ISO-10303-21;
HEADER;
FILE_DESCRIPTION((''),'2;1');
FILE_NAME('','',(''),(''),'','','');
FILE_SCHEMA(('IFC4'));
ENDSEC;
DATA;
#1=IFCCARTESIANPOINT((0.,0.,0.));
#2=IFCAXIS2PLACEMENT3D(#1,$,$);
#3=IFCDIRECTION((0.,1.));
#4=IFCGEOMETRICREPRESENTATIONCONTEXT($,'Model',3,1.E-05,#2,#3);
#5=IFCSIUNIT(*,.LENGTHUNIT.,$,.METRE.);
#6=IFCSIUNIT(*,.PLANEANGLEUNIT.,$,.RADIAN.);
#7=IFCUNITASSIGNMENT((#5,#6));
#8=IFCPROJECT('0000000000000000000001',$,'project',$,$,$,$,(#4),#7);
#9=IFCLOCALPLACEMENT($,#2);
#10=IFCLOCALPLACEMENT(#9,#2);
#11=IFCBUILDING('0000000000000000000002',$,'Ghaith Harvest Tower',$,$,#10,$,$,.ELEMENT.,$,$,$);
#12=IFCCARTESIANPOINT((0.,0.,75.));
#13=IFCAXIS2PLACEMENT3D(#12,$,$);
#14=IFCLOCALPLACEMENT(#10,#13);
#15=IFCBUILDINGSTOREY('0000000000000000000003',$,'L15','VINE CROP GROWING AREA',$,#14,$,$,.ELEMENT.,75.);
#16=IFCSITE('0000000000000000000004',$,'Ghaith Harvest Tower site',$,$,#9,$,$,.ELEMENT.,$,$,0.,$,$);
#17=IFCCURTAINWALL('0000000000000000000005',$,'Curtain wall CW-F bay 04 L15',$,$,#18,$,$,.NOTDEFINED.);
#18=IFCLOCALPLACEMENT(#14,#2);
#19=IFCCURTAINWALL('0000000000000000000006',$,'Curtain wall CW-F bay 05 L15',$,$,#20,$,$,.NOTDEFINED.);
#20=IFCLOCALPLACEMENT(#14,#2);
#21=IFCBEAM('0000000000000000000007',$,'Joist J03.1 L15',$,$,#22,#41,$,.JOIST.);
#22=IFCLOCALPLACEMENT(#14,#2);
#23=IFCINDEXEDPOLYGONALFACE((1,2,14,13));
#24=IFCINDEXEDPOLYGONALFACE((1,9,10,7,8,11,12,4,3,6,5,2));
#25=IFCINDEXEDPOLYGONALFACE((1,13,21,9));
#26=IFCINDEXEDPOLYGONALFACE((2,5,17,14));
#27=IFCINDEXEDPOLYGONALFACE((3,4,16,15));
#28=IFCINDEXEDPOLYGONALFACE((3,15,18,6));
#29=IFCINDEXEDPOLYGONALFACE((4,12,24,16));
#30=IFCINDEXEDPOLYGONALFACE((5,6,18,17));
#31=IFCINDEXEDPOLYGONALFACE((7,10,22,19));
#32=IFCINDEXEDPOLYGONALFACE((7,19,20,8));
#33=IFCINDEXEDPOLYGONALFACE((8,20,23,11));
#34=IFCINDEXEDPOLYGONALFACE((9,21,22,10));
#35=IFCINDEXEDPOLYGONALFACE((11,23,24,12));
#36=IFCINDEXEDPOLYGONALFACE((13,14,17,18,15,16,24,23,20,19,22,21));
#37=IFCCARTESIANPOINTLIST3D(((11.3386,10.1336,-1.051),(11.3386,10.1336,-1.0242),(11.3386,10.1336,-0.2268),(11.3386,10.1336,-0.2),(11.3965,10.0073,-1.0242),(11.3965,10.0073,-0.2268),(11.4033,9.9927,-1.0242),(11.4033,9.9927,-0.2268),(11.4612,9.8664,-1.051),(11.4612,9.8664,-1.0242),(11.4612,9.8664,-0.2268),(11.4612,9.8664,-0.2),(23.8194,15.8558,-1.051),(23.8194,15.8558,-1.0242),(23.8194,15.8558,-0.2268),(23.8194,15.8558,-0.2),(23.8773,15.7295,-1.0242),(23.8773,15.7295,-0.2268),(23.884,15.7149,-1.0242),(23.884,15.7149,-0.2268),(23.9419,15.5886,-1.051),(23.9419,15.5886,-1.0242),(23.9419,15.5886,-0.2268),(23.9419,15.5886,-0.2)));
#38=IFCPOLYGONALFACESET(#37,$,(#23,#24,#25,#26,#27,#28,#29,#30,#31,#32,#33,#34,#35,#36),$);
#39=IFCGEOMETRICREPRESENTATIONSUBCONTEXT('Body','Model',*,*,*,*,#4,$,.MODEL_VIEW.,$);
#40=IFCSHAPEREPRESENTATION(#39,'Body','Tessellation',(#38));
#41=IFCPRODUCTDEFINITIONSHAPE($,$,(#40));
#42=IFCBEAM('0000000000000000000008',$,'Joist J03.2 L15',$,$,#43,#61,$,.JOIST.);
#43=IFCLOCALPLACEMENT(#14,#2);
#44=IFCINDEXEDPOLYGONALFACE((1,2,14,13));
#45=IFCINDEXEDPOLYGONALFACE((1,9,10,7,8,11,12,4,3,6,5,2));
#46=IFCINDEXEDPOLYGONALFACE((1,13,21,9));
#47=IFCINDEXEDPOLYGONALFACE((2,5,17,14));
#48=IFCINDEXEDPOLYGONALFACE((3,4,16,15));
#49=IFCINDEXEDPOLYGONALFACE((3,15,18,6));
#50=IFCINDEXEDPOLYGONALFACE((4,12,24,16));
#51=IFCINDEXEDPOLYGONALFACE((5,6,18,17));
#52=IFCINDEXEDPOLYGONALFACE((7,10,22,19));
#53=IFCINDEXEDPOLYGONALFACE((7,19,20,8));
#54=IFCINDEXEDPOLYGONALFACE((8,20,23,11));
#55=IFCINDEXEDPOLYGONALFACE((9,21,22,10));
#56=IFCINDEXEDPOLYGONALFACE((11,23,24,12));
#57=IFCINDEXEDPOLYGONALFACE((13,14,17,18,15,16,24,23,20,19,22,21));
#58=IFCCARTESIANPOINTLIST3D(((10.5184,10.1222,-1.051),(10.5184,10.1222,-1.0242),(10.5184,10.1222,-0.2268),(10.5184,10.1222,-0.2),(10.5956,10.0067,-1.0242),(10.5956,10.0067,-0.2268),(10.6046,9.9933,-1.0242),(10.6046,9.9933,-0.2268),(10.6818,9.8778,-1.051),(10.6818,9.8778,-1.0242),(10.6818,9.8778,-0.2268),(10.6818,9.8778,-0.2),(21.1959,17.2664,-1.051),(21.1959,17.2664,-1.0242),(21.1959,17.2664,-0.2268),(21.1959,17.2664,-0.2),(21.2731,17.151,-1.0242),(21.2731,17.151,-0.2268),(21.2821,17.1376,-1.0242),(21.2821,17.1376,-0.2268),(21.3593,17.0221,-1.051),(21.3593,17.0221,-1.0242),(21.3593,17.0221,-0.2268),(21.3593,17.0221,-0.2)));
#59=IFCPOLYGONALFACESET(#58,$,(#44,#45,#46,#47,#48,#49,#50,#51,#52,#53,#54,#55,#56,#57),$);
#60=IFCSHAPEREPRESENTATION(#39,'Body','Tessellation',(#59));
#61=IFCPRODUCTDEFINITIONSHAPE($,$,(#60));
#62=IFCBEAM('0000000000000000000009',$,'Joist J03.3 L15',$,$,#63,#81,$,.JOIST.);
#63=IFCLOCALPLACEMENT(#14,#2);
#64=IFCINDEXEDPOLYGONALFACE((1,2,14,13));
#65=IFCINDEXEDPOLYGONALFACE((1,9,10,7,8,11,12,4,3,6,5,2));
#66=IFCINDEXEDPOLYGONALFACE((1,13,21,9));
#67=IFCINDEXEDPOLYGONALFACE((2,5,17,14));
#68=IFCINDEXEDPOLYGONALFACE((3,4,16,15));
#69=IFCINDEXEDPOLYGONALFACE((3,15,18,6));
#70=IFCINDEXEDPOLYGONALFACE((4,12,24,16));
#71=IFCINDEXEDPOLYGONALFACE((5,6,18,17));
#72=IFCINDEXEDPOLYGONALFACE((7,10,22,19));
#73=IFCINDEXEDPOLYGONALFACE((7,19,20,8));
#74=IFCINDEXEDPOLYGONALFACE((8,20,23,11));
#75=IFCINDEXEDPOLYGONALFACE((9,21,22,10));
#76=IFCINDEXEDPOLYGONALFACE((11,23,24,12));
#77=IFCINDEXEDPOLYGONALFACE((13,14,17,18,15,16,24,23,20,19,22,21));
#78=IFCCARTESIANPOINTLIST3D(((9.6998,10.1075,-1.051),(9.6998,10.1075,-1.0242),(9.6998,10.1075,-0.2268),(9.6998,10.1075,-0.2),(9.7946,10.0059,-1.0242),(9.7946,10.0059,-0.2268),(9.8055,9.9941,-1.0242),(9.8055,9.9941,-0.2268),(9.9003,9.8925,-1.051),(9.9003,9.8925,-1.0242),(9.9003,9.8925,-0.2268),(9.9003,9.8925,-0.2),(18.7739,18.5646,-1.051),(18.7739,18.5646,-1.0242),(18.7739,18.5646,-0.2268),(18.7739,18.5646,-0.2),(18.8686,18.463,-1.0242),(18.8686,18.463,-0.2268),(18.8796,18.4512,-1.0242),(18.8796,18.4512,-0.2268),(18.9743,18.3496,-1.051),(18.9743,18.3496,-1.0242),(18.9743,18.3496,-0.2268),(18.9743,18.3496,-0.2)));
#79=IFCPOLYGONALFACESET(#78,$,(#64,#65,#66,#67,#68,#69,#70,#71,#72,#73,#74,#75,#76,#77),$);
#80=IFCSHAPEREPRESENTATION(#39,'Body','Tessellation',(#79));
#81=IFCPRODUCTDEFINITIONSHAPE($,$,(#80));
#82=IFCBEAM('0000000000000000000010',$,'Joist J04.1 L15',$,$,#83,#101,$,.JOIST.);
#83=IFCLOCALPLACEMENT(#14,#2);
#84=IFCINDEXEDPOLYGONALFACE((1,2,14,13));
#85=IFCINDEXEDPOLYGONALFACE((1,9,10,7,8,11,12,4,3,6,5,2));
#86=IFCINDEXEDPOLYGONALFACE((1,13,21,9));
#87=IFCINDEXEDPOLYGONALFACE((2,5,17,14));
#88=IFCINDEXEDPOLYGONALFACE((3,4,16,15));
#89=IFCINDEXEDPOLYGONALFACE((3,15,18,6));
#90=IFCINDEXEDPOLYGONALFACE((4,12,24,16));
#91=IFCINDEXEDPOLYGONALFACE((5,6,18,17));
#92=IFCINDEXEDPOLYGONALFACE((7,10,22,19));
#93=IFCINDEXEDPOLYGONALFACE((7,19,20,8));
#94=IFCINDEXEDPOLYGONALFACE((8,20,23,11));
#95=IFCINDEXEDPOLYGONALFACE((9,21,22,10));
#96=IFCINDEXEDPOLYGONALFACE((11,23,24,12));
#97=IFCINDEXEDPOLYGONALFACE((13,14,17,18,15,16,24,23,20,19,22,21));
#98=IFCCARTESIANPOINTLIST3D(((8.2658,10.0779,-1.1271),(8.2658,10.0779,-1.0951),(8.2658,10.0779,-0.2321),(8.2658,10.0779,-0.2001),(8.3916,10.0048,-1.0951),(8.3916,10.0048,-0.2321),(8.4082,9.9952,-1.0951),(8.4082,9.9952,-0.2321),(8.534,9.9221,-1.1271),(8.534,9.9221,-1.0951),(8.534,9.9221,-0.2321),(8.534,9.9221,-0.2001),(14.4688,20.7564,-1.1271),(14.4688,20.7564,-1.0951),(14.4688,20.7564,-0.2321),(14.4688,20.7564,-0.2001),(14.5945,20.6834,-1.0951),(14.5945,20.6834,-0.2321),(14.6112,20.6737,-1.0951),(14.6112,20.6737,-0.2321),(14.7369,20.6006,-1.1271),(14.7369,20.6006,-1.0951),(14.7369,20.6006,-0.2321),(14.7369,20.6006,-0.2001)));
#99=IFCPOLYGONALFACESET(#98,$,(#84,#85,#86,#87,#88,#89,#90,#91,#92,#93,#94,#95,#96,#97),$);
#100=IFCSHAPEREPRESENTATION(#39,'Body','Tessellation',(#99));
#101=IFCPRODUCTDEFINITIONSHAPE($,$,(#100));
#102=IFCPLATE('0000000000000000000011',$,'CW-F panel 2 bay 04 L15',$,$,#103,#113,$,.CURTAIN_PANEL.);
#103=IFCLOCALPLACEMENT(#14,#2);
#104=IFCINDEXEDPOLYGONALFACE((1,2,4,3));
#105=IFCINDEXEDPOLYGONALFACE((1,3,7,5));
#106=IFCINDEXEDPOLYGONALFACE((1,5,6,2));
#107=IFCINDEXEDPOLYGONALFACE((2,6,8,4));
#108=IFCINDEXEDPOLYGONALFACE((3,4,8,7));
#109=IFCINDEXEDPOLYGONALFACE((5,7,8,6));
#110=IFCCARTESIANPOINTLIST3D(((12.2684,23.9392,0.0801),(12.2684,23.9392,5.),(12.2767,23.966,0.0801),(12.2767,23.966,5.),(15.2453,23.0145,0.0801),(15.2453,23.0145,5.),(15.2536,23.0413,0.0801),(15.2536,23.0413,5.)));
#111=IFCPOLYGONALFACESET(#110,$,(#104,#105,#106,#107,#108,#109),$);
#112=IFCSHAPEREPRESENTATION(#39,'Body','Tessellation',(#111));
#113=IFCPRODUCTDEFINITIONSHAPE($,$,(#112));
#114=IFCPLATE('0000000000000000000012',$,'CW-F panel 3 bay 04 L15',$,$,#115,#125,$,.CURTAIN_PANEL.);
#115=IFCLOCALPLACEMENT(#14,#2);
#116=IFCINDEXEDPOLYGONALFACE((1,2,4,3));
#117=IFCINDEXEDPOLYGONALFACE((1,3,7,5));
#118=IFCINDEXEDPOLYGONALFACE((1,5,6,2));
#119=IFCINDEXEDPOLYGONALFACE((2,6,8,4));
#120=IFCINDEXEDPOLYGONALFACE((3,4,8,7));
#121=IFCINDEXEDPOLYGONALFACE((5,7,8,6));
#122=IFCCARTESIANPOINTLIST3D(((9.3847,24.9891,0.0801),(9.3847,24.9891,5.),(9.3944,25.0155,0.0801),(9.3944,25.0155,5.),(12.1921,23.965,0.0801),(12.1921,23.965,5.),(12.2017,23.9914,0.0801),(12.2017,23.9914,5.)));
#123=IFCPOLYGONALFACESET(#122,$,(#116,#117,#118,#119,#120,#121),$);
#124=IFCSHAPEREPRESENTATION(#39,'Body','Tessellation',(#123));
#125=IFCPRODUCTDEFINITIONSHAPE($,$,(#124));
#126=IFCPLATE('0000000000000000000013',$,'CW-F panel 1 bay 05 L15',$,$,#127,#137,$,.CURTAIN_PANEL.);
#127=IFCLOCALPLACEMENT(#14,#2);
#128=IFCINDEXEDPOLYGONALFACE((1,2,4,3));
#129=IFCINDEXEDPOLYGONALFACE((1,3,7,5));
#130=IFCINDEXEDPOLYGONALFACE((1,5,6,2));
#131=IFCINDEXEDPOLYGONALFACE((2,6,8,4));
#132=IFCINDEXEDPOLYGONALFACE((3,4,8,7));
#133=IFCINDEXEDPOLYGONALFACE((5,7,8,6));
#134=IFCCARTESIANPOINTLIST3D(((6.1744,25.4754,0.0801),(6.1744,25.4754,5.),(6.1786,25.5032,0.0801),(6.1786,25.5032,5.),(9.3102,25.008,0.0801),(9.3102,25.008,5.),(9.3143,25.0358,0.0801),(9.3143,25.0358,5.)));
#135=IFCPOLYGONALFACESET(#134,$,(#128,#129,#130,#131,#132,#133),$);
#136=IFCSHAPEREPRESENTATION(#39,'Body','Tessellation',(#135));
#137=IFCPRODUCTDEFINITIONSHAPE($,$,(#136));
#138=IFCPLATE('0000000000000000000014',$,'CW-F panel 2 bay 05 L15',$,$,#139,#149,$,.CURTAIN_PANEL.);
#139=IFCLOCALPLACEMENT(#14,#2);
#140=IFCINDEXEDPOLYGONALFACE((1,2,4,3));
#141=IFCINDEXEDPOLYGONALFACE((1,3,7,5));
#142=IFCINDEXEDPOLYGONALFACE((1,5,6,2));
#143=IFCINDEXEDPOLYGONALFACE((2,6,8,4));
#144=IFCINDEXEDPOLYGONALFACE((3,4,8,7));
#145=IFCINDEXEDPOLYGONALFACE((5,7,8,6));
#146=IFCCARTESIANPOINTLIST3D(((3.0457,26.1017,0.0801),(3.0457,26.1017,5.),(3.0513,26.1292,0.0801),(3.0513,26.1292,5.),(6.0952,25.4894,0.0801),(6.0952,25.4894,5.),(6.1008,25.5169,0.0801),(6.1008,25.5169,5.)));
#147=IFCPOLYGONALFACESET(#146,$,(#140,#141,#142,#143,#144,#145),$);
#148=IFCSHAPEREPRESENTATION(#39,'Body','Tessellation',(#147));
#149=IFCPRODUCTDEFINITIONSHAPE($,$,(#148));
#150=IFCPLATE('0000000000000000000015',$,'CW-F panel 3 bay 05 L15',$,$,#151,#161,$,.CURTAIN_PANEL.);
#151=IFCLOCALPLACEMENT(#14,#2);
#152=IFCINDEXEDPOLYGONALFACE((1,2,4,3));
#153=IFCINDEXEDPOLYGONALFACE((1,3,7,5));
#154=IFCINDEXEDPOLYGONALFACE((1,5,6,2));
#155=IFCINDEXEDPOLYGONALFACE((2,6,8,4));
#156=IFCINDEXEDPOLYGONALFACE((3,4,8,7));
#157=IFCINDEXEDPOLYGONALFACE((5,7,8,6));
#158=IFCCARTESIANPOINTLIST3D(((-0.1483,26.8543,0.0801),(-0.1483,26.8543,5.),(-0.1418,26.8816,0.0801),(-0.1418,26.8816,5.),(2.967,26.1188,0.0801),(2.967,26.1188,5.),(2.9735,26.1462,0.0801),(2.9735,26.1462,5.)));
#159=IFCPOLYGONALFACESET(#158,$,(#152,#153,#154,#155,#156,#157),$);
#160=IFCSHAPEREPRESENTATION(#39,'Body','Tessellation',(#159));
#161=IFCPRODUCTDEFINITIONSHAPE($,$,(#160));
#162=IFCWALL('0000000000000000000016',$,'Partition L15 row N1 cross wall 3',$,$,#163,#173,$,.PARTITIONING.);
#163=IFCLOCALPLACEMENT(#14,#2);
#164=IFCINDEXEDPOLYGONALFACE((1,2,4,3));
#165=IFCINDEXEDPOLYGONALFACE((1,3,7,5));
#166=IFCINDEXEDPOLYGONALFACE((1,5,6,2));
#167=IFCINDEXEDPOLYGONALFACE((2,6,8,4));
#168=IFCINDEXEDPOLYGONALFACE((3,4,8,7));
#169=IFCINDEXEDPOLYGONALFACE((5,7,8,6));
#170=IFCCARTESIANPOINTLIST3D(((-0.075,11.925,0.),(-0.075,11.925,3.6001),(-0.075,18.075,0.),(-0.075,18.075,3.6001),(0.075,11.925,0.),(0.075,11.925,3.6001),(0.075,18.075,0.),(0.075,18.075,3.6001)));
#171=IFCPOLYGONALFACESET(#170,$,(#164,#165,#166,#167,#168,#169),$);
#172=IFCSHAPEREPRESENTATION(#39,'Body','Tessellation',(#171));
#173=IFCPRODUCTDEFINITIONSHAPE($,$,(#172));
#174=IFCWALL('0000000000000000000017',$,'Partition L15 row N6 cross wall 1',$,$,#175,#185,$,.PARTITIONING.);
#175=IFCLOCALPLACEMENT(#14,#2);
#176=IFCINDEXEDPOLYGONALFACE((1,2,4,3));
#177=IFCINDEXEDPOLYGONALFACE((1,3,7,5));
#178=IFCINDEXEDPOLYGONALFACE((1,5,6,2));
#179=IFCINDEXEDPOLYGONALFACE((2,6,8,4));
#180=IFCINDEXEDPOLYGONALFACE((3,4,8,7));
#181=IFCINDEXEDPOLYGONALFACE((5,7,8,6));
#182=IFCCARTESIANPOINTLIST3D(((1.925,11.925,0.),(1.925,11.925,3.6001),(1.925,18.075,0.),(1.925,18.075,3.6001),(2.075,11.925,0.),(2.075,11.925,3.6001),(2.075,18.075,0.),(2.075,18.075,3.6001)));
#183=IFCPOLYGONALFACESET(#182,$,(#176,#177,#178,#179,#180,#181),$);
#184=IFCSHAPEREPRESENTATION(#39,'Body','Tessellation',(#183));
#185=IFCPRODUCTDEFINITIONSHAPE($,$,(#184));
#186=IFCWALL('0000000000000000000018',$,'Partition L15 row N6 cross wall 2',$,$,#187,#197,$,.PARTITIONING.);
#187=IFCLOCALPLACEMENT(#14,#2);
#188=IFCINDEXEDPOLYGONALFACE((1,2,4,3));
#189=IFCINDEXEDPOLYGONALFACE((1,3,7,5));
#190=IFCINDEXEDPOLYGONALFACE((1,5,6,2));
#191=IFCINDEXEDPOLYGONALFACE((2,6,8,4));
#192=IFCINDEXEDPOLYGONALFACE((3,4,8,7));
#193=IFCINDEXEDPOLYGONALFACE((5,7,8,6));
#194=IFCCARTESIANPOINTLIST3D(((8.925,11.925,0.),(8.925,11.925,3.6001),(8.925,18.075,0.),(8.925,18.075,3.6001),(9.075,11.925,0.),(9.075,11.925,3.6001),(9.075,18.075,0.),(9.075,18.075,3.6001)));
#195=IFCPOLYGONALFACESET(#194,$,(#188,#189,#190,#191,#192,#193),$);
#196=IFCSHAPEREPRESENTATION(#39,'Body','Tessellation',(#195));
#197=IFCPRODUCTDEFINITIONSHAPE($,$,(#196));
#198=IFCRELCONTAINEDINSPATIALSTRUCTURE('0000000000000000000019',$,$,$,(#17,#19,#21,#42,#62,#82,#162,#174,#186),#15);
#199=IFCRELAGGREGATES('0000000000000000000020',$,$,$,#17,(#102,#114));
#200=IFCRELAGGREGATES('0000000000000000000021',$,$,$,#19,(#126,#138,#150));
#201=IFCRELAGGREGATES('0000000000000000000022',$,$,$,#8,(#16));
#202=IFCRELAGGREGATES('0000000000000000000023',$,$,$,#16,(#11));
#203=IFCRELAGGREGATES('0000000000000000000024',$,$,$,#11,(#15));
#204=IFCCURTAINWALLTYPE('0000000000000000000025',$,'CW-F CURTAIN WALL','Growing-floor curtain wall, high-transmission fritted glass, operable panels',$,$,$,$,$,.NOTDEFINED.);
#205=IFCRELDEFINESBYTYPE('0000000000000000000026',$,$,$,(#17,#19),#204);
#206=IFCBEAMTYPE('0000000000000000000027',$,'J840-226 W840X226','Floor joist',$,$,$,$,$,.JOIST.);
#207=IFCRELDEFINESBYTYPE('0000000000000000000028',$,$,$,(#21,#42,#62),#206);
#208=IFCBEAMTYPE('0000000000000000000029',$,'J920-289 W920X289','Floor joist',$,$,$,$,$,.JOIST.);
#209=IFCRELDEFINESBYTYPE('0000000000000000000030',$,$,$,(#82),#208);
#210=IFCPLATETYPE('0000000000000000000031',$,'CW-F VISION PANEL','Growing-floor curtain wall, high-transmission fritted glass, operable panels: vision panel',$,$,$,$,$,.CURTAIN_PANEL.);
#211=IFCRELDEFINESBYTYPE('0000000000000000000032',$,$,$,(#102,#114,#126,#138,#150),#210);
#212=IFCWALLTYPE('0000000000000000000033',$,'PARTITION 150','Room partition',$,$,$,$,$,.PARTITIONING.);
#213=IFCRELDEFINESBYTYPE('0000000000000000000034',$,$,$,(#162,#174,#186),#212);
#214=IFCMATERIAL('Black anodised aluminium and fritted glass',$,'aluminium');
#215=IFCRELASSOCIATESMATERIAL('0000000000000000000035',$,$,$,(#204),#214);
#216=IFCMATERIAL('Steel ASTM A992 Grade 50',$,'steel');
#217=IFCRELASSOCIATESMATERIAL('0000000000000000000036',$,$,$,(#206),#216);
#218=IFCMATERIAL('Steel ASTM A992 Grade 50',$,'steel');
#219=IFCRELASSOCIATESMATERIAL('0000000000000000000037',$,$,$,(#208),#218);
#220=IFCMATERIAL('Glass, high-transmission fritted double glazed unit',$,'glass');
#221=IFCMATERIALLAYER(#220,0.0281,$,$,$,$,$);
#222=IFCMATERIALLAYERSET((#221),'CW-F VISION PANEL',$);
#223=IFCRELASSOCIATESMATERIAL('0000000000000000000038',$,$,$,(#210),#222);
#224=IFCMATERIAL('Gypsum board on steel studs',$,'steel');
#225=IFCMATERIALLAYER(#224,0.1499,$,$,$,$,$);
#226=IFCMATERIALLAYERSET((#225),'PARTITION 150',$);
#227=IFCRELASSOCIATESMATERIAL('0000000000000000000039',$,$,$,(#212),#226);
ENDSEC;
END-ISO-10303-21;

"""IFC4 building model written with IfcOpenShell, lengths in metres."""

from ifc_helpers import new_model, si_unit, direction, frame, frame_2d, origin, origin_2d, place, context, subcontext, project, spatial, rectangle, i_section, extrude, material, layer, layer_set, material_profile, profile_set, type_object, element, aggregate, save


model = new_model("IFC4")

# Units and contexts
model_context = context("Model", 3, precision=1e-05, world=origin(), true_north=direction((0.0, 1.0)))
body_context = subcontext(model_context, "Body", "Model", "MODEL_VIEW")
ifc_project = project(units=[si_unit("LENGTHUNIT", "METRE"), si_unit("PLANEANGLEUNIT", "RADIAN")], contexts=[model_context])

# Site, building, storey
site_placement = place(None, origin())
site = spatial("IfcSite", under=ifc_project, at=site_placement, Name="Ghaith Harvest Tower site", CompositionType="ELEMENT", RefElevation=0.0)
building_placement = place(site_placement, origin())
building = spatial("IfcBuilding", under=site, at=building_placement, Name="Ghaith Harvest Tower", CompositionType="ELEMENT")
storey_placement = place(building_placement, frame((0.0, 0.0, 75.0)))
storey = spatial("IfcBuildingStorey", under=building, at=storey_placement, Name="L15", Description="VINE CROP GROWING AREA", CompositionType="ELEMENT", Elevation=75.0)

# Curtain wall
ifc_material_1 = material(Name="Black anodised aluminium and fritted glass", Category="aluminium")
curtain_wall_type = type_object("IfcCurtainWallType", Name="CW-F CURTAIN WALL", Description="Growing-floor curtain wall, high-transmission fritted glass, operable panels", PredefinedType="NOTDEFINED", material=ifc_material_1)
curtain_wall_1_placement = place(storey_placement, origin())
curtain_wall_1 = element("IfcCurtainWall", 1, at=curtain_wall_1_placement, inside=storey, type_object=curtain_wall_type, Name="Curtain wall CW-F bay 04 L15", PredefinedType="NOTDEFINED")

# Curtain wall
curtain_wall_2_placement = place(storey_placement, origin())
curtain_wall_2 = element("IfcCurtainWall", 2, at=curtain_wall_2_placement, inside=storey, type_object=curtain_wall_type, Name="Curtain wall CW-F bay 05 L15", PredefinedType="NOTDEFINED")

# Beams
ifc_material_2 = material(Name="Steel ASTM A992 Grade 50", Category="steel")
ifc_material_profile_1 = material_profile(ifc_material_2, i_section(OverallWidth=0.2939, OverallDepth=0.8511, WebThickness=0.0161, FlangeThickness=0.0269, at=origin_2d()), Name="W840X226")
ifc_profile_set_1 = profile_set([ifc_material_profile_1], Name="Steel ASTM A992 Grade 50")
beam_type_1 = type_object("IfcBeamType", Name="J840-226 W840X226", Description="Floor joist", PredefinedType="JOIST", material=ifc_profile_set_1)
beam_1_placement = place(storey_placement, frame((11.3999, 10.0, -0.6255), z_axis=(0.909014, 0.416766, 0.0), x_axis=(-0.416766, 0.909014, 0.0)))
element("IfcBeam", 3, at=beam_1_placement, inside=storey, type_object=beam_type_1, Name="Joist J03.1 L15", PredefinedType="JOIST", context=body_context, shape_type="SweptSolid", body=[
    extrude(i_section(OverallWidth=0.2939, OverallDepth=0.8511, WebThickness=0.0161, FlangeThickness=0.0269, at=origin_2d()), origin(), (0.0, 0.0, 1.0), 13.73),
])
beam_2_placement = place(storey_placement, frame((10.6001, 10.0, -0.6255), z_axis=(0.831116, 0.556098, 0.0), x_axis=(-0.556098, 0.831116, 0.0)))
element("IfcBeam", 4, at=beam_2_placement, inside=storey, type_object=beam_type_1, Name="Joist J03.2 L15", PredefinedType="JOIST", context=body_context, shape_type="SweptSolid", body=[
    extrude(i_section(OverallWidth=0.2939, OverallDepth=0.8511, WebThickness=0.0161, FlangeThickness=0.0269, at=origin_2d()), origin(), (0.0, 0.0, 1.0), 12.8472),
])
beam_3_placement = place(storey_placement, frame((9.8, 10.0, -0.6255), z_axis=(0.731538, 0.681801, 0.0), x_axis=(-0.681801, 0.731538, 0.0)))
element("IfcBeam", 5, at=beam_3_placement, inside=storey, type_object=beam_type_1, Name="Joist J03.3 L15", PredefinedType="JOIST", context=body_context, shape_type="SweptSolid", body=[
    extrude(i_section(OverallWidth=0.2939, OverallDepth=0.8511, WebThickness=0.0161, FlangeThickness=0.0269, at=origin_2d()), origin(), (0.0, 0.0, 1.0), 12.4041),
])
ifc_material_3 = material(Name="Steel ASTM A992 Grade 50", Category="steel")
ifc_material_profile_2 = material_profile(ifc_material_3, i_section(OverallWidth=0.3101, OverallDepth=0.927, WebThickness=0.0193, FlangeThickness=0.032, at=origin_2d()), Name="W920X289")
ifc_profile_set_2 = profile_set([ifc_material_profile_2], Name="Steel ASTM A992 Grade 50")
beam_type_2 = type_object("IfcBeamType", Name="J920-289 W920X289", Description="Floor joist", PredefinedType="JOIST", material=ifc_profile_set_2)
beam_4_placement = place(storey_placement, frame((8.3999, 10.0, -0.6636), z_axis=(0.502286, 0.864702, 0.0), x_axis=(-0.864702, 0.502286, 0.0)))
element("IfcBeam", 6, at=beam_4_placement, inside=storey, type_object=beam_type_2, Name="Joist J04.1 L15", PredefinedType="JOIST", context=body_context, shape_type="SweptSolid", body=[
    extrude(i_section(OverallWidth=0.3101, OverallDepth=0.927, WebThickness=0.0193, FlangeThickness=0.032, at=origin_2d()), origin(), (0.0, 0.0, 1.0), 12.3494),
])

# Plates
ifc_material_4 = material(Name="Glass, high-transmission fritted double glazed unit", Category="glass")
ifc_layer_1 = layer(ifc_material_4, 0.0281)
ifc_layer_set_1 = layer_set([ifc_layer_1], Name="CW-F VISION PANEL")
plate_type = type_object("IfcPlateType", Name="CW-F VISION PANEL", Description="Growing-floor curtain wall, high-transmission fritted glass, operable panels: vision panel", PredefinedType="CURTAIN_PANEL", material=ifc_layer_set_1)
plate_1_placement = place(storey_placement, frame((13.761, 23.4902, 0.0801), z_axis=(0.0, 0.0, 1.0), x_axis=(-0.954988, 0.296644, 0.0)))
plate_1 = element("IfcPlate", 7, at=plate_1_placement, type_object=plate_type, Name="CW-F panel 2 bay 04 L15", PredefinedType="CURTAIN_PANEL", context=body_context, shape_type="SweptSolid", body=[
    extrude(rectangle(XDim=3.1172, YDim=0.0281, at=origin_2d()), origin(), (0.0, 0.0, 1.0), 4.9199),
])
plate_2_placement = place(storey_placement, frame((10.7932, 24.4902, 0.0801), z_axis=(0.0, 0.0, 1.0), x_axis=(-0.939438, 0.342718, 0.0)))
plate_2 = element("IfcPlate", 8, at=plate_2_placement, type_object=plate_type, Name="CW-F panel 3 bay 04 L15", PredefinedType="CURTAIN_PANEL", context=body_context, shape_type="SweptSolid", body=[
    extrude(rectangle(XDim=2.9883, YDim=0.0281, at=origin_2d()), origin(), (0.0, 0.0, 1.0), 4.9199),
])
aggregate(curtain_wall_1, [plate_1, plate_2])
plate_3_placement = place(storey_placement, frame((7.7444, 25.2556, 0.0801), z_axis=(0.0, 0.0, 1.0), x_axis=(-0.989074, 0.147418, 0.0)))
plate_3 = element("IfcPlate", 9, at=plate_3_placement, type_object=plate_type, Name="CW-F panel 1 bay 05 L15", PredefinedType="CURTAIN_PANEL", context=body_context, shape_type="SweptSolid", body=[
    extrude(rectangle(XDim=3.1704, YDim=0.0281, at=origin_2d()), origin(), (0.0, 0.0, 1.0), 4.9199),
])
plate_4_placement = place(storey_placement, frame((4.5732, 25.8093, 0.0801), z_axis=(0.0, 0.0, 1.0), x_axis=(-0.980432, 0.196856, 0.0)))
plate_4 = element("IfcPlate", 10, at=plate_4_placement, type_object=plate_type, Name="CW-F panel 2 bay 05 L15", PredefinedType="CURTAIN_PANEL", context=body_context, shape_type="SweptSolid", body=[
    extrude(rectangle(XDim=3.1104, YDim=0.0281, at=origin_2d()), origin(), (0.0, 0.0, 1.0), 4.9199),
])
plate_5_placement = place(storey_placement, frame((1.4126, 26.5002, 0.0801), z_axis=(0.0, 0.0, 1.0), x_axis=(-0.973246, 0.229766, 0.0)))
plate_5 = element("IfcPlate", 11, at=plate_5_placement, type_object=plate_type, Name="CW-F panel 3 bay 05 L15", PredefinedType="CURTAIN_PANEL", context=body_context, shape_type="SweptSolid", body=[
    extrude(rectangle(XDim=3.2009, YDim=0.0281, at=origin_2d()), origin(), (0.0, 0.0, 1.0), 4.9199),
])
aggregate(curtain_wall_2, [plate_3, plate_4, plate_5])

# Walls
ifc_material_5 = material(Name="Gypsum board on steel studs", Category="steel")
ifc_layer_2 = layer(ifc_material_5, 0.1499)
ifc_layer_set_2 = layer_set([ifc_layer_2], Name="PARTITION 150")
wall_type = type_object("IfcWallType", Name="PARTITION 150", Description="Room partition", PredefinedType="PARTITIONING", material=ifc_layer_set_2)
for number, where, z_axis, x_axis, name in (
    (12, (0.0, 11.925, 0.0), (0.0, 0.0, 1.0), (0.0, 1.0, 0.0), "Partition L15 row N1 cross wall 3"),
    (13, (2.0, 11.925, 0.0), (0.0, 0.0, 1.0), (0.0, 1.0, 0.0), "Partition L15 row N6 cross wall 1"),
    (14, (9.0, 11.925, 0.0), (0.0, 0.0, 1.0), (0.0, 1.0, 0.0), "Partition L15 row N6 cross wall 2"),
):
    element("IfcWall", number, at=place(storey_placement, frame(where, z_axis=z_axis, x_axis=x_axis)), inside=storey, type_object=wall_type, Name=name, PredefinedType="PARTITIONING", context=body_context, shape_type="SweptSolid", body=[
        extrude(rectangle(XDim=6.1499, YDim=0.1499, at=frame_2d((3.075, 0.0))), origin(), (0.0, 0.0, 1.0), 3.6001),
    ])

save(model, "model.ifc")
